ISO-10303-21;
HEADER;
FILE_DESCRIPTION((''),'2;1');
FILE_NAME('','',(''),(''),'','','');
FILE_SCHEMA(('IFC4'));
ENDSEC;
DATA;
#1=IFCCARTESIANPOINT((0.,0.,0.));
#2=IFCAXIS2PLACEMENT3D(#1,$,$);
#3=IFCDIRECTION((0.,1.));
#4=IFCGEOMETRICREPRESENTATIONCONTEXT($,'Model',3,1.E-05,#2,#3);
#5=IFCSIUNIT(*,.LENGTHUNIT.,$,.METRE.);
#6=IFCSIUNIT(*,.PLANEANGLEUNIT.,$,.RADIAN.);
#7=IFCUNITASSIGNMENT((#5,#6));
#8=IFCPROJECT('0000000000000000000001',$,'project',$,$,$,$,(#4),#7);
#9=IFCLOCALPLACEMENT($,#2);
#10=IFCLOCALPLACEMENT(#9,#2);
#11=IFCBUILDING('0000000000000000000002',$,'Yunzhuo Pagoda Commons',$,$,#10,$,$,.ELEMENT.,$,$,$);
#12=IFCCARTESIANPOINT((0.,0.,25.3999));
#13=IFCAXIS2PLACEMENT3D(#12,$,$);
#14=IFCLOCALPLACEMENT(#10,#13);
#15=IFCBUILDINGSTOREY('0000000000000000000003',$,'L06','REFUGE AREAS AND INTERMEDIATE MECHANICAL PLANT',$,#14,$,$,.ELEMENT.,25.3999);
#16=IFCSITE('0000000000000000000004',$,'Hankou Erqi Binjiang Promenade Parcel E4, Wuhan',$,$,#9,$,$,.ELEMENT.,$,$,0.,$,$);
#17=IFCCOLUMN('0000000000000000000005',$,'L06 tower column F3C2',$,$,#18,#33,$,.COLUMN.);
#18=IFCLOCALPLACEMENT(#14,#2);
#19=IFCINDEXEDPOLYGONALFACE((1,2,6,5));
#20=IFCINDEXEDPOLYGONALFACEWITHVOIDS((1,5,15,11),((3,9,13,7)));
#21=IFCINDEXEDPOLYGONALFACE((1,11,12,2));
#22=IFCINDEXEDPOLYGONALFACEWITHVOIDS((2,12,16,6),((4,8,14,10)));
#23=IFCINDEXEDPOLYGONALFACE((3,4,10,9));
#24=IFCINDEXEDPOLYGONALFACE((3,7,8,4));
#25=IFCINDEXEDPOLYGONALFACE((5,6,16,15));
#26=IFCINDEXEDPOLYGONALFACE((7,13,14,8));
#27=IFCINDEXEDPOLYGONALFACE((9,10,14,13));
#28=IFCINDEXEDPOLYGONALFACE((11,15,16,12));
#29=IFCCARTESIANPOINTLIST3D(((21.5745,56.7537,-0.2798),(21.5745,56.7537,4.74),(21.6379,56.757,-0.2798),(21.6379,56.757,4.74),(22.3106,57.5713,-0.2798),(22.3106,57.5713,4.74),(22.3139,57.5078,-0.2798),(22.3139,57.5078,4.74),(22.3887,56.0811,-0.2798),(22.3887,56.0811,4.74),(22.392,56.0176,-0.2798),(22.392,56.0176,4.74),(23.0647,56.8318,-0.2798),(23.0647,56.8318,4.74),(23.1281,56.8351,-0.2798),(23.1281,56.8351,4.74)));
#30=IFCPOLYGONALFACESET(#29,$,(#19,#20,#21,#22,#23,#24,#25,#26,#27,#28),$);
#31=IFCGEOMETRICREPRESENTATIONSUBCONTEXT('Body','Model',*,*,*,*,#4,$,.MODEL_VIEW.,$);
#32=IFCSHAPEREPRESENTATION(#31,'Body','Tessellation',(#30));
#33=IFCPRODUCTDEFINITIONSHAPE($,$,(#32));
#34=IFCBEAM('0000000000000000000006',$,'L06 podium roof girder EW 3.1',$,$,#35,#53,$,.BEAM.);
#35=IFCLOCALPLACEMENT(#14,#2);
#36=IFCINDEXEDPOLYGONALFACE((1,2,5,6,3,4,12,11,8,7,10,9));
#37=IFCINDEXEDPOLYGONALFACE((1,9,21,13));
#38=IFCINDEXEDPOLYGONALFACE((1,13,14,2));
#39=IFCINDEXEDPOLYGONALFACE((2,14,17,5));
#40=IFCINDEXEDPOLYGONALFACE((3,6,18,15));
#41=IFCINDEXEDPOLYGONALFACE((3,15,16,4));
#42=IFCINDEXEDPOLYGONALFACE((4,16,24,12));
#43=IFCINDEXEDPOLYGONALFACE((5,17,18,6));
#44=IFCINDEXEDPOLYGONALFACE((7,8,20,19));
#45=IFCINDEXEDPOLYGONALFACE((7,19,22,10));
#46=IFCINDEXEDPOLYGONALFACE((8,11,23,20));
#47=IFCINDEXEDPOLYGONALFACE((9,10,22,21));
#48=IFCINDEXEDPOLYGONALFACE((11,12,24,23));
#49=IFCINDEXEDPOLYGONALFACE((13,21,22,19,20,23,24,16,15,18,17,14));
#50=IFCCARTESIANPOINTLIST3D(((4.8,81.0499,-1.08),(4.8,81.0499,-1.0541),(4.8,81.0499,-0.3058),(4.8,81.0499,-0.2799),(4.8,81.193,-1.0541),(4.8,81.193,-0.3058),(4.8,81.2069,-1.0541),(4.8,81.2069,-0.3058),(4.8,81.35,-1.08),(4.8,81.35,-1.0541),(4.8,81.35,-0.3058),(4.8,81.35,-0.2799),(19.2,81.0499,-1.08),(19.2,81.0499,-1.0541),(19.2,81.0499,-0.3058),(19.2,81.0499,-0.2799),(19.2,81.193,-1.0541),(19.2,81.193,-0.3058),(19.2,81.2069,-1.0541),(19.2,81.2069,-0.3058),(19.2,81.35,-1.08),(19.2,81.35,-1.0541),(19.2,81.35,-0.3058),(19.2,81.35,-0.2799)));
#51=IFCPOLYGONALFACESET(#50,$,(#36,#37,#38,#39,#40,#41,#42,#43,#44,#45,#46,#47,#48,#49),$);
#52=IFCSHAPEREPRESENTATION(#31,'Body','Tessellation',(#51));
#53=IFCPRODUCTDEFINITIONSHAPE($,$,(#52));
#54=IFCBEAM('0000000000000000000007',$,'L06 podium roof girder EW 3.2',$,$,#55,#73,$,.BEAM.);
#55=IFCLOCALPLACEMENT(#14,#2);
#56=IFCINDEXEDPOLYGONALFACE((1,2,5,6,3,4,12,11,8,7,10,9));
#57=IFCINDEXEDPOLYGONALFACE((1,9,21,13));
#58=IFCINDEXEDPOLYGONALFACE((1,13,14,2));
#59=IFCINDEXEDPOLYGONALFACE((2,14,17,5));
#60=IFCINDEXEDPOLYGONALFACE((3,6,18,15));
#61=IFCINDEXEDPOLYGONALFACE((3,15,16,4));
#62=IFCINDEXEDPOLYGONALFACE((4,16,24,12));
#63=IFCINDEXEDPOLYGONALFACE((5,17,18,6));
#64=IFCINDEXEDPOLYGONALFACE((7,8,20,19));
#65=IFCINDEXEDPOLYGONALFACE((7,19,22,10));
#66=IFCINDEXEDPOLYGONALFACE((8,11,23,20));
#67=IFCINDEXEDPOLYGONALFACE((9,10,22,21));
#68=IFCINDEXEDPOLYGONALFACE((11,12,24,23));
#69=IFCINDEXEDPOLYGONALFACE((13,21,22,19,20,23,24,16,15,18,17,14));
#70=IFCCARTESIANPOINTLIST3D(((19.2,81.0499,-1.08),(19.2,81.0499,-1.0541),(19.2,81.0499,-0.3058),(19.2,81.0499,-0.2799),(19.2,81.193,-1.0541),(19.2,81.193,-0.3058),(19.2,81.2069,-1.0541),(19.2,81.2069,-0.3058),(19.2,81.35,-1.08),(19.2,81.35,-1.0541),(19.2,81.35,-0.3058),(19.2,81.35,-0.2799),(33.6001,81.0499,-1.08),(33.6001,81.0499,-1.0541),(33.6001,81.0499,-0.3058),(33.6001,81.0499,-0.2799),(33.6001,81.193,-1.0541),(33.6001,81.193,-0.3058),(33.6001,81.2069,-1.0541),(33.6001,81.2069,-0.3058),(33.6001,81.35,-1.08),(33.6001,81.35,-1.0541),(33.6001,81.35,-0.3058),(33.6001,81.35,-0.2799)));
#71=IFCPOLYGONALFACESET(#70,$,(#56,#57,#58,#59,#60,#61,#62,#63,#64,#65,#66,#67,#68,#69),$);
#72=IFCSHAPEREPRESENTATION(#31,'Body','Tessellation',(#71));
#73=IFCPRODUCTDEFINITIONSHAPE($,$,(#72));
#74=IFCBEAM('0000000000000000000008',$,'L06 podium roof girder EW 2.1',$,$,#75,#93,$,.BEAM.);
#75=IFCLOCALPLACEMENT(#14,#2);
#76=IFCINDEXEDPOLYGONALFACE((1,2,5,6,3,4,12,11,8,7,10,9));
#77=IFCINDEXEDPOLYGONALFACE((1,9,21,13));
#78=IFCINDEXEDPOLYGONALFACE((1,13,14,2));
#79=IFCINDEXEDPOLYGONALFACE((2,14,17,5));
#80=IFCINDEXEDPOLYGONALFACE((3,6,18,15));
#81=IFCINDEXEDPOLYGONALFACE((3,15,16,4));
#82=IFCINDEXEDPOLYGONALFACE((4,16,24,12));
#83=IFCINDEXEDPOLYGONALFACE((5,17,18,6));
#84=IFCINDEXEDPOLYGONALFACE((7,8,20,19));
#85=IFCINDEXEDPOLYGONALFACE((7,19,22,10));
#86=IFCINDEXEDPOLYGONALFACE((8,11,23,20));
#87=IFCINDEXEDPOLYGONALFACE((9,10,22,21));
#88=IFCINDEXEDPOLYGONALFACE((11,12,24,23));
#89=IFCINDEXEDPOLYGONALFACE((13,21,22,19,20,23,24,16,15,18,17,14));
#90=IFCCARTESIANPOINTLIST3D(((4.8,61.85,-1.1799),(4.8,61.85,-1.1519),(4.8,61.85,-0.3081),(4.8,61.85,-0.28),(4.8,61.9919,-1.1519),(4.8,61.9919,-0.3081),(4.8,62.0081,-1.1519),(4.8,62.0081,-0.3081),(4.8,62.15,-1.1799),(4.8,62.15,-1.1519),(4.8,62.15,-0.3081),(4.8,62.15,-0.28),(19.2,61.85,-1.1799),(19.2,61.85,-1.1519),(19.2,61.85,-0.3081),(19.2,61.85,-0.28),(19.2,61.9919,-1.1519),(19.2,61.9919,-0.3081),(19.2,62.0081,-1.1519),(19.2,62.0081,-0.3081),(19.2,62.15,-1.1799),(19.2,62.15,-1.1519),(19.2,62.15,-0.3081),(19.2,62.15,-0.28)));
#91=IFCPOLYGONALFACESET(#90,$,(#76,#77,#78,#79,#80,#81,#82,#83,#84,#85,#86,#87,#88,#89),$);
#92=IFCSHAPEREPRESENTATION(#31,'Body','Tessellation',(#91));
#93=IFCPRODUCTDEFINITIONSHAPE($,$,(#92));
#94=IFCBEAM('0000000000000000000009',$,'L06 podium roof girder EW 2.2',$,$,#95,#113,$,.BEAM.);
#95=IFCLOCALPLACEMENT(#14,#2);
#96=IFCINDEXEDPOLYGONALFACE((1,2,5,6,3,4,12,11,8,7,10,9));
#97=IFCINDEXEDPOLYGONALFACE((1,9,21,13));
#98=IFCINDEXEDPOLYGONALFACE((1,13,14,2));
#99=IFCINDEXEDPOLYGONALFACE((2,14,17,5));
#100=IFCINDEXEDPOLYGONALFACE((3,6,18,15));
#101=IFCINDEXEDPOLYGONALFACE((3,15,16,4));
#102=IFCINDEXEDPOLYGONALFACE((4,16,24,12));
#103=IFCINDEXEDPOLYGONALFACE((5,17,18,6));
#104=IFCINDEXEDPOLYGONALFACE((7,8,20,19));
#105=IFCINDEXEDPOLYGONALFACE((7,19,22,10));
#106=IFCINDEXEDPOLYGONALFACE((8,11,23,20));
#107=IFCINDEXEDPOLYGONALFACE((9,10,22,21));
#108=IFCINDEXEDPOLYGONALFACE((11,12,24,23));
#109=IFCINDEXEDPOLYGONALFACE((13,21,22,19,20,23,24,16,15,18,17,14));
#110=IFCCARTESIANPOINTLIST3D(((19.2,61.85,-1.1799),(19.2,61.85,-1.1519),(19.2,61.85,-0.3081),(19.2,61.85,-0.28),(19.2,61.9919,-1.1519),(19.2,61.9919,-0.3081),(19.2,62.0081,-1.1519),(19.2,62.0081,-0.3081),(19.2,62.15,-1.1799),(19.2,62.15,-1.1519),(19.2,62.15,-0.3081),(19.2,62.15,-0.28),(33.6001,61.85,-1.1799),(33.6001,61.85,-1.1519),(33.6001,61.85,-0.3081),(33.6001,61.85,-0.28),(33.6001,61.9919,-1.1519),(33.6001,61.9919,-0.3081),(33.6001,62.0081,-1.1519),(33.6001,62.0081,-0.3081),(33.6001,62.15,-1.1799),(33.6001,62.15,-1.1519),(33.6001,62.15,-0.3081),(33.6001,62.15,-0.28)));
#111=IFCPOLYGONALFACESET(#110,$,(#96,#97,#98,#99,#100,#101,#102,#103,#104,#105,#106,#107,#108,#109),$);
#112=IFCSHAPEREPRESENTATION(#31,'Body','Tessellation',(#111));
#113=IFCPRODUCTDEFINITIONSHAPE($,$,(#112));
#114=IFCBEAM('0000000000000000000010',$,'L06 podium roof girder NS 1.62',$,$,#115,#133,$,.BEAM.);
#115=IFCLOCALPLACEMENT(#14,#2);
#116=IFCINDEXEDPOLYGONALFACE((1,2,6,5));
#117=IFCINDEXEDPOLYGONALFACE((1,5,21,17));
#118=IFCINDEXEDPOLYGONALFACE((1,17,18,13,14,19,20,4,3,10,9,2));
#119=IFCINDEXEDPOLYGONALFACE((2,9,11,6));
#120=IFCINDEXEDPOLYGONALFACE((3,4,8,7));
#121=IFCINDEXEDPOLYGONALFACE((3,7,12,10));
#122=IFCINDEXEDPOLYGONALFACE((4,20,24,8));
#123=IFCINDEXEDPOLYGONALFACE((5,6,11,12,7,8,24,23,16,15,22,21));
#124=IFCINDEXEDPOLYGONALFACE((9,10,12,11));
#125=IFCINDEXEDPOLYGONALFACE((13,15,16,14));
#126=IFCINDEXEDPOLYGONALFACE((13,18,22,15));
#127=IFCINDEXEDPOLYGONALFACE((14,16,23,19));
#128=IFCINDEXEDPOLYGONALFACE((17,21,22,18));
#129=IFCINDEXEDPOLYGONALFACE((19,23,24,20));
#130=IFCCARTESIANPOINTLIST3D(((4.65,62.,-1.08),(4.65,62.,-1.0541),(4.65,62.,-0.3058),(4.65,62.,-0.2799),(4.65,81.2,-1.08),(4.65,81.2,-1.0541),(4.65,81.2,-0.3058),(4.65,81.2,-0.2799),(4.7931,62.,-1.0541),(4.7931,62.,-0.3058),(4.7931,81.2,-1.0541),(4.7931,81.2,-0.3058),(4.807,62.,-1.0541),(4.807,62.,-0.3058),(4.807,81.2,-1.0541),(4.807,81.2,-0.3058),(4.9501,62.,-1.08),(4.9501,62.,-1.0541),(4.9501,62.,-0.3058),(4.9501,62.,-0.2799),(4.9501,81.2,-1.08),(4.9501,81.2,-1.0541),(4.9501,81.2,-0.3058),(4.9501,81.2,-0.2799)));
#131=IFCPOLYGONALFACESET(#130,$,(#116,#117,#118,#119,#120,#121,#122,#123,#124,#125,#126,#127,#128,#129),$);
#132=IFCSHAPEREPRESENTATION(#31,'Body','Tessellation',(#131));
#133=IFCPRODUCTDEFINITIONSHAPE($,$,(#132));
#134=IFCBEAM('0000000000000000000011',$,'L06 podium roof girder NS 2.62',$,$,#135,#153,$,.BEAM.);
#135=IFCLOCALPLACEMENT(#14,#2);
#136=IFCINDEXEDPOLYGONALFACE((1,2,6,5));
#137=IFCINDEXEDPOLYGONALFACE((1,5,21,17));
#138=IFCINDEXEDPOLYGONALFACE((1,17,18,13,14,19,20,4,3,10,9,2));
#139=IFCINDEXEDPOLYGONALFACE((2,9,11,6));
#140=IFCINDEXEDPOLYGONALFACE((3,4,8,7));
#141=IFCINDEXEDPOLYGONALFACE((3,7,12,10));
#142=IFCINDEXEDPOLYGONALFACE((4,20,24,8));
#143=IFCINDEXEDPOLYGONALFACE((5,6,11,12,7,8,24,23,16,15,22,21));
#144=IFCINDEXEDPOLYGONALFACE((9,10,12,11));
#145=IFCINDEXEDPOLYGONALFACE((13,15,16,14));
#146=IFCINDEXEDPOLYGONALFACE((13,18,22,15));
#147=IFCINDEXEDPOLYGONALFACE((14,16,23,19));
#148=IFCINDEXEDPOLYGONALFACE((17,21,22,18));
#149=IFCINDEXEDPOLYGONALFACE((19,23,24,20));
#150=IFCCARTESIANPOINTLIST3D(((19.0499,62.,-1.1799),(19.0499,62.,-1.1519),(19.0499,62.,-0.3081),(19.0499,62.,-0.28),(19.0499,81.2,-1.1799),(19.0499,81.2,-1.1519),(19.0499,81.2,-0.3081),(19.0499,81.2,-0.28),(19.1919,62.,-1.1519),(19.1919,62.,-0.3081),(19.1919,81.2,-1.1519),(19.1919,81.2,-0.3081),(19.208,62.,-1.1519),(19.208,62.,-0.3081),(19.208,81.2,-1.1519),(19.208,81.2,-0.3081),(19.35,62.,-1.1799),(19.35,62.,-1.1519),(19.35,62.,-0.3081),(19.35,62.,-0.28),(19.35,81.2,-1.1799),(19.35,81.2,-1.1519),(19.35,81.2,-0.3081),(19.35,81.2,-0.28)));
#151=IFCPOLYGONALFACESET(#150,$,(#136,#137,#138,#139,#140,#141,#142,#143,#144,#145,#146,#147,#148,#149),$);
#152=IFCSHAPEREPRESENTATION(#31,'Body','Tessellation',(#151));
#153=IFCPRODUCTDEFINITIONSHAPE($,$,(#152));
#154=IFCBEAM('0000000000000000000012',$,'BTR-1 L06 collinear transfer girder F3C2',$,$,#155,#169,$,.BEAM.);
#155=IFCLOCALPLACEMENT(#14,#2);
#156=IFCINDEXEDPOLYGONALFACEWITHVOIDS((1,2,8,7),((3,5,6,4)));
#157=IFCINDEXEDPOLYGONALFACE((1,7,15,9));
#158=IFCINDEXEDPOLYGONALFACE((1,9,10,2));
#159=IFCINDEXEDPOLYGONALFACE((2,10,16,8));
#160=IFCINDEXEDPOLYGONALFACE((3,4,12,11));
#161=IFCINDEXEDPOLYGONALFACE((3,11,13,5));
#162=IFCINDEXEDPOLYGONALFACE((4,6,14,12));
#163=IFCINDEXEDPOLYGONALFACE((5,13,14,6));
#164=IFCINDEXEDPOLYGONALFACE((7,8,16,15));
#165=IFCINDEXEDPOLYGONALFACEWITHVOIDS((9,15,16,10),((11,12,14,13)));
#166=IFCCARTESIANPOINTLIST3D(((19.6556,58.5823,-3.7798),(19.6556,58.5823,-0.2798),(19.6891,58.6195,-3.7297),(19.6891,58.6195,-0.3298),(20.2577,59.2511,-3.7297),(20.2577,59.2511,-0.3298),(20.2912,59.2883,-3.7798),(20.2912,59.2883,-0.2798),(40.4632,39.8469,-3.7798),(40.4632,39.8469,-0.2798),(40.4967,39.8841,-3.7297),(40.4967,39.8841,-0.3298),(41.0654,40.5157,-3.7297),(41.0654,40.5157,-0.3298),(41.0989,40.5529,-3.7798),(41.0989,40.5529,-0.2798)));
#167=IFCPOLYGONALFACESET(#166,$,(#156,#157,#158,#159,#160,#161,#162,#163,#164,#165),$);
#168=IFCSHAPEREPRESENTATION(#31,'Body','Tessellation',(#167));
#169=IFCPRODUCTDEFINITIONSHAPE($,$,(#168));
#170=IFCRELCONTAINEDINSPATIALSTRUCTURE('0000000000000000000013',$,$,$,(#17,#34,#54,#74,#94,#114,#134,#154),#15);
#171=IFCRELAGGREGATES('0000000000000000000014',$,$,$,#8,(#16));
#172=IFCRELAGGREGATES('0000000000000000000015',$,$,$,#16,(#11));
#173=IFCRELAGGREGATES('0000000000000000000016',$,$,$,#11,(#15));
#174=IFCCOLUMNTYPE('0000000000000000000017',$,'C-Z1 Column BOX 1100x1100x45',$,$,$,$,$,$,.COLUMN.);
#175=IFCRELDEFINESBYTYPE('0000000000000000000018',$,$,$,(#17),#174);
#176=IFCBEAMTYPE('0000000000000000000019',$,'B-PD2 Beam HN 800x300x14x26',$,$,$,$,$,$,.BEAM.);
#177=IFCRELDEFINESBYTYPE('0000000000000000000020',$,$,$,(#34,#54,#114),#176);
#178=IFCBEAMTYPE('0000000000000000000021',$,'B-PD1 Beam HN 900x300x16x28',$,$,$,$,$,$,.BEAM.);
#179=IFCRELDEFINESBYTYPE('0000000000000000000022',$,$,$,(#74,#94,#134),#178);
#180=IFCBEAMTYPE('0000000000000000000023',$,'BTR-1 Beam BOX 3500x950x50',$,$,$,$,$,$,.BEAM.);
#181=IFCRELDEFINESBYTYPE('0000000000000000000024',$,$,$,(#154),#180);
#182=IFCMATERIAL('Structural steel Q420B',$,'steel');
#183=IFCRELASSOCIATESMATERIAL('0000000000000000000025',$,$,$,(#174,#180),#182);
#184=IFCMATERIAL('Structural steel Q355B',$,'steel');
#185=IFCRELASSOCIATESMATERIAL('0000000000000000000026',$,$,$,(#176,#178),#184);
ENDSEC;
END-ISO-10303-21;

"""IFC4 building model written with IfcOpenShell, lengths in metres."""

from ifc_helpers import new_model, si_unit, direction, frame, origin, origin_2d, place, context, subcontext, project, spatial, hollow_rectangle, i_section, extrude, source, transform, mapped, material, material_profile, profile_set, type_object, element, save


model = new_model("IFC4")

# Units and contexts
model_context = context("Model", 3, precision=1e-05, world=origin(), true_north=direction((0.0, 1.0)))
body_context = subcontext(model_context, "Body", "Model", "MODEL_VIEW")
ifc_project = project(units=[si_unit("LENGTHUNIT", "METRE"), si_unit("PLANEANGLEUNIT", "RADIAN")], contexts=[model_context])

# Site, building, storey
site_placement = place(None, origin())
site = spatial("IfcSite", under=ifc_project, at=site_placement, Name="Hankou Erqi Binjiang Promenade Parcel E4, Wuhan", CompositionType="ELEMENT", RefElevation=0.0)
building_placement = place(site_placement, origin())
building = spatial("IfcBuilding", under=site, at=building_placement, Name="Yunzhuo Pagoda Commons", CompositionType="ELEMENT")
storey_placement = place(building_placement, frame((0.0, 0.0, 25.3999)))
storey = spatial("IfcBuildingStorey", under=building, at=storey_placement, Name="L06", Description="REFUGE AREAS AND INTERMEDIATE MECHANICAL PLANT", CompositionType="ELEMENT", Elevation=25.3999)

# Column
ifc_material_1 = material(Name="Structural steel Q420B", Category="steel")
ifc_material_profile_1 = material_profile(ifc_material_1, hollow_rectangle(XDim=1.1001, YDim=1.1001, WallThickness=0.0449, at=origin_2d()), Name="Structural steel Q420B")
ifc_profile_set_1 = profile_set([ifc_material_profile_1], Name="Structural steel Q420B")
column_type = type_object("IfcColumnType", Name="C-Z1 Column BOX 1100x1100x45", PredefinedType="COLUMN", material=ifc_profile_set_1)
shared_shape_1 = source(origin(), body_context, "Body", "SweptSolid", [
    extrude(hollow_rectangle(XDim=1.1001, YDim=1.1001, WallThickness=0.0449, at=origin_2d()), origin(), (0.0, 0.0, 1.0), 5.0198),
])
column_placement = place(storey_placement, frame((22.3513, 56.7944, -0.2798), z_axis=(0.0, 0.0, 1.0), x_axis=(-0.669131, -0.743145, 0.0)))
element("IfcColumn", 1, at=column_placement, inside=storey, type_object=column_type, Name="L06 tower column F3C2", PredefinedType="COLUMN", context=body_context, shape_type="MappedRepresentation", body=[
    mapped(shared_shape_1, transform((0.0, 0.0, 0.0), scale=1.0)),
])

# Beams
ifc_material_2 = material(Name="Structural steel Q355B", Category="steel")
ifc_material_profile_2 = material_profile(ifc_material_2, i_section(OverallWidth=0.3, OverallDepth=0.8, WebThickness=0.0139, FlangeThickness=0.0259, at=origin_2d()), Name="Structural steel Q355B")
ifc_profile_set_2 = profile_set([ifc_material_profile_2], Name="Structural steel Q355B")
beam_type_1 = type_object("IfcBeamType", Name="B-PD2 Beam HN 800x300x14x26", PredefinedType="BEAM", material=ifc_profile_set_2)
shared_shape_2 = source(origin(), body_context, "Body", "SweptSolid", [
    extrude(i_section(OverallWidth=0.3, OverallDepth=0.8, WebThickness=0.0139, FlangeThickness=0.0259, at=origin_2d()), origin(), (0.0, 0.0, 1.0), 14.3999),
])
beam_1_placement = place(storey_placement, frame((4.8, 81.2, -0.6799), z_axis=(1.0, 0.0, 0.0), x_axis=(0.0, 1.0, 0.0)))
element("IfcBeam", 2, at=beam_1_placement, inside=storey, type_object=beam_type_1, Name="L06 podium roof girder EW 3.1", PredefinedType="BEAM", context=body_context, shape_type="MappedRepresentation", body=[
    mapped(shared_shape_2, transform((0.0, 0.0, 0.0), scale=1.0)),
])
shared_shape_3 = source(origin(), body_context, "Body", "SweptSolid", [
    extrude(i_section(OverallWidth=0.3, OverallDepth=0.8, WebThickness=0.0139, FlangeThickness=0.0259, at=origin_2d()), origin(), (0.0, 0.0, 1.0), 14.4001),
])
beam_2_placement = place(storey_placement, frame((19.2, 81.2, -0.6799), z_axis=(1.0, 0.0, 0.0), x_axis=(0.0, 1.0, 0.0)))
element("IfcBeam", 3, at=beam_2_placement, inside=storey, type_object=beam_type_1, Name="L06 podium roof girder EW 3.2", PredefinedType="BEAM", context=body_context, shape_type="MappedRepresentation", body=[
    mapped(shared_shape_3, transform((0.0, 0.0, 0.0), scale=1.0)),
])
ifc_material_profile_3 = material_profile(ifc_material_2, i_section(OverallWidth=0.3, OverallDepth=0.8999, WebThickness=0.0161, FlangeThickness=0.0281, at=origin_2d()), Name="Structural steel Q355B")
ifc_profile_set_3 = profile_set([ifc_material_profile_3], Name="Structural steel Q355B")
beam_type_2 = type_object("IfcBeamType", Name="B-PD1 Beam HN 900x300x16x28", PredefinedType="BEAM", material=ifc_profile_set_3)
shared_shape_4 = source(origin(), body_context, "Body", "SweptSolid", [
    extrude(i_section(OverallWidth=0.3, OverallDepth=0.8999, WebThickness=0.0161, FlangeThickness=0.0281, at=origin_2d()), origin(), (0.0, 0.0, 1.0), 14.3999),
])
beam_3_placement = place(storey_placement, frame((4.8, 62.0, -0.73), z_axis=(1.0, 0.0, 0.0), x_axis=(0.0, 1.0, 0.0)))
element("IfcBeam", 4, at=beam_3_placement, inside=storey, type_object=beam_type_2, Name="L06 podium roof girder EW 2.1", PredefinedType="BEAM", context=body_context, shape_type="MappedRepresentation", body=[
    mapped(shared_shape_4, transform((0.0, 0.0, 0.0), scale=1.0)),
])
shared_shape_5 = source(origin(), body_context, "Body", "SweptSolid", [
    extrude(i_section(OverallWidth=0.3, OverallDepth=0.8999, WebThickness=0.0161, FlangeThickness=0.0281, at=origin_2d()), origin(), (0.0, 0.0, 1.0), 14.4001),
])
beam_4_placement = place(storey_placement, frame((19.2, 62.0, -0.73), z_axis=(1.0, 0.0, 0.0), x_axis=(0.0, 1.0, 0.0)))
element("IfcBeam", 5, at=beam_4_placement, inside=storey, type_object=beam_type_2, Name="L06 podium roof girder EW 2.2", PredefinedType="BEAM", context=body_context, shape_type="MappedRepresentation", body=[
    mapped(shared_shape_5, transform((0.0, 0.0, 0.0), scale=1.0)),
])
shared_shape_6 = source(origin(), body_context, "Body", "SweptSolid", [
    extrude(i_section(OverallWidth=0.3, OverallDepth=0.8, WebThickness=0.0139, FlangeThickness=0.0259, at=origin_2d()), origin(), (0.0, 0.0, 1.0), 19.2),
])
beam_5_placement = place(storey_placement, frame((4.8, 62.0, -0.6799), z_axis=(0.0, 1.0, 0.0), x_axis=(-1.0, 0.0, 0.0)))
element("IfcBeam", 6, at=beam_5_placement, inside=storey, type_object=beam_type_1, Name="L06 podium roof girder NS 1.62", PredefinedType="BEAM", context=body_context, shape_type="MappedRepresentation", body=[
    mapped(shared_shape_6, transform((0.0, 0.0, 0.0), scale=1.0)),
])
shared_shape_7 = source(origin(), body_context, "Body", "SweptSolid", [
    extrude(i_section(OverallWidth=0.3, OverallDepth=0.8999, WebThickness=0.0161, FlangeThickness=0.0281, at=origin_2d()), origin(), (0.0, 0.0, 1.0), 19.2),
])
beam_6_placement = place(storey_placement, frame((19.2, 62.0, -0.73), z_axis=(0.0, 1.0, 0.0), x_axis=(-1.0, 0.0, 0.0)))
element("IfcBeam", 7, at=beam_6_placement, inside=storey, type_object=beam_type_2, Name="L06 podium roof girder NS 2.62", PredefinedType="BEAM", context=body_context, shape_type="MappedRepresentation", body=[
    mapped(shared_shape_7, transform((0.0, 0.0, 0.0), scale=1.0)),
])
ifc_material_profile_4 = material_profile(ifc_material_1, hollow_rectangle(XDim=0.95, YDim=3.5, WallThickness=0.05, at=origin_2d()), Name="Structural steel Q420B")
ifc_profile_set_4 = profile_set([ifc_material_profile_4], Name="Structural steel Q420B")
beam_type_3 = type_object("IfcBeamType", Name="BTR-1 Beam BOX 3500x950x50", PredefinedType="BEAM", material=ifc_profile_set_4)
shared_shape_8 = source(origin(), body_context, "Body", "SweptSolid", [
    extrude(hollow_rectangle(XDim=0.95, YDim=3.5, WallThickness=0.05, at=origin_2d()), origin(), (0.0, 0.0, 1.0), 27.9995),
])
beam_7_placement = place(storey_placement, frame((19.9734, 58.9353, -2.0298), z_axis=(0.743143, -0.669132, 0.0), x_axis=(0.669132, 0.743143, 0.0)))
element("IfcBeam", 8, at=beam_7_placement, inside=storey, type_object=beam_type_3, Name="BTR-1 L06 collinear transfer girder F3C2", PredefinedType="BEAM", context=body_context, shape_type="MappedRepresentation", body=[
    mapped(shared_shape_8, transform((0.0, 0.0, 0.0), scale=1.0)),
])

save(model, "model.ifc")
